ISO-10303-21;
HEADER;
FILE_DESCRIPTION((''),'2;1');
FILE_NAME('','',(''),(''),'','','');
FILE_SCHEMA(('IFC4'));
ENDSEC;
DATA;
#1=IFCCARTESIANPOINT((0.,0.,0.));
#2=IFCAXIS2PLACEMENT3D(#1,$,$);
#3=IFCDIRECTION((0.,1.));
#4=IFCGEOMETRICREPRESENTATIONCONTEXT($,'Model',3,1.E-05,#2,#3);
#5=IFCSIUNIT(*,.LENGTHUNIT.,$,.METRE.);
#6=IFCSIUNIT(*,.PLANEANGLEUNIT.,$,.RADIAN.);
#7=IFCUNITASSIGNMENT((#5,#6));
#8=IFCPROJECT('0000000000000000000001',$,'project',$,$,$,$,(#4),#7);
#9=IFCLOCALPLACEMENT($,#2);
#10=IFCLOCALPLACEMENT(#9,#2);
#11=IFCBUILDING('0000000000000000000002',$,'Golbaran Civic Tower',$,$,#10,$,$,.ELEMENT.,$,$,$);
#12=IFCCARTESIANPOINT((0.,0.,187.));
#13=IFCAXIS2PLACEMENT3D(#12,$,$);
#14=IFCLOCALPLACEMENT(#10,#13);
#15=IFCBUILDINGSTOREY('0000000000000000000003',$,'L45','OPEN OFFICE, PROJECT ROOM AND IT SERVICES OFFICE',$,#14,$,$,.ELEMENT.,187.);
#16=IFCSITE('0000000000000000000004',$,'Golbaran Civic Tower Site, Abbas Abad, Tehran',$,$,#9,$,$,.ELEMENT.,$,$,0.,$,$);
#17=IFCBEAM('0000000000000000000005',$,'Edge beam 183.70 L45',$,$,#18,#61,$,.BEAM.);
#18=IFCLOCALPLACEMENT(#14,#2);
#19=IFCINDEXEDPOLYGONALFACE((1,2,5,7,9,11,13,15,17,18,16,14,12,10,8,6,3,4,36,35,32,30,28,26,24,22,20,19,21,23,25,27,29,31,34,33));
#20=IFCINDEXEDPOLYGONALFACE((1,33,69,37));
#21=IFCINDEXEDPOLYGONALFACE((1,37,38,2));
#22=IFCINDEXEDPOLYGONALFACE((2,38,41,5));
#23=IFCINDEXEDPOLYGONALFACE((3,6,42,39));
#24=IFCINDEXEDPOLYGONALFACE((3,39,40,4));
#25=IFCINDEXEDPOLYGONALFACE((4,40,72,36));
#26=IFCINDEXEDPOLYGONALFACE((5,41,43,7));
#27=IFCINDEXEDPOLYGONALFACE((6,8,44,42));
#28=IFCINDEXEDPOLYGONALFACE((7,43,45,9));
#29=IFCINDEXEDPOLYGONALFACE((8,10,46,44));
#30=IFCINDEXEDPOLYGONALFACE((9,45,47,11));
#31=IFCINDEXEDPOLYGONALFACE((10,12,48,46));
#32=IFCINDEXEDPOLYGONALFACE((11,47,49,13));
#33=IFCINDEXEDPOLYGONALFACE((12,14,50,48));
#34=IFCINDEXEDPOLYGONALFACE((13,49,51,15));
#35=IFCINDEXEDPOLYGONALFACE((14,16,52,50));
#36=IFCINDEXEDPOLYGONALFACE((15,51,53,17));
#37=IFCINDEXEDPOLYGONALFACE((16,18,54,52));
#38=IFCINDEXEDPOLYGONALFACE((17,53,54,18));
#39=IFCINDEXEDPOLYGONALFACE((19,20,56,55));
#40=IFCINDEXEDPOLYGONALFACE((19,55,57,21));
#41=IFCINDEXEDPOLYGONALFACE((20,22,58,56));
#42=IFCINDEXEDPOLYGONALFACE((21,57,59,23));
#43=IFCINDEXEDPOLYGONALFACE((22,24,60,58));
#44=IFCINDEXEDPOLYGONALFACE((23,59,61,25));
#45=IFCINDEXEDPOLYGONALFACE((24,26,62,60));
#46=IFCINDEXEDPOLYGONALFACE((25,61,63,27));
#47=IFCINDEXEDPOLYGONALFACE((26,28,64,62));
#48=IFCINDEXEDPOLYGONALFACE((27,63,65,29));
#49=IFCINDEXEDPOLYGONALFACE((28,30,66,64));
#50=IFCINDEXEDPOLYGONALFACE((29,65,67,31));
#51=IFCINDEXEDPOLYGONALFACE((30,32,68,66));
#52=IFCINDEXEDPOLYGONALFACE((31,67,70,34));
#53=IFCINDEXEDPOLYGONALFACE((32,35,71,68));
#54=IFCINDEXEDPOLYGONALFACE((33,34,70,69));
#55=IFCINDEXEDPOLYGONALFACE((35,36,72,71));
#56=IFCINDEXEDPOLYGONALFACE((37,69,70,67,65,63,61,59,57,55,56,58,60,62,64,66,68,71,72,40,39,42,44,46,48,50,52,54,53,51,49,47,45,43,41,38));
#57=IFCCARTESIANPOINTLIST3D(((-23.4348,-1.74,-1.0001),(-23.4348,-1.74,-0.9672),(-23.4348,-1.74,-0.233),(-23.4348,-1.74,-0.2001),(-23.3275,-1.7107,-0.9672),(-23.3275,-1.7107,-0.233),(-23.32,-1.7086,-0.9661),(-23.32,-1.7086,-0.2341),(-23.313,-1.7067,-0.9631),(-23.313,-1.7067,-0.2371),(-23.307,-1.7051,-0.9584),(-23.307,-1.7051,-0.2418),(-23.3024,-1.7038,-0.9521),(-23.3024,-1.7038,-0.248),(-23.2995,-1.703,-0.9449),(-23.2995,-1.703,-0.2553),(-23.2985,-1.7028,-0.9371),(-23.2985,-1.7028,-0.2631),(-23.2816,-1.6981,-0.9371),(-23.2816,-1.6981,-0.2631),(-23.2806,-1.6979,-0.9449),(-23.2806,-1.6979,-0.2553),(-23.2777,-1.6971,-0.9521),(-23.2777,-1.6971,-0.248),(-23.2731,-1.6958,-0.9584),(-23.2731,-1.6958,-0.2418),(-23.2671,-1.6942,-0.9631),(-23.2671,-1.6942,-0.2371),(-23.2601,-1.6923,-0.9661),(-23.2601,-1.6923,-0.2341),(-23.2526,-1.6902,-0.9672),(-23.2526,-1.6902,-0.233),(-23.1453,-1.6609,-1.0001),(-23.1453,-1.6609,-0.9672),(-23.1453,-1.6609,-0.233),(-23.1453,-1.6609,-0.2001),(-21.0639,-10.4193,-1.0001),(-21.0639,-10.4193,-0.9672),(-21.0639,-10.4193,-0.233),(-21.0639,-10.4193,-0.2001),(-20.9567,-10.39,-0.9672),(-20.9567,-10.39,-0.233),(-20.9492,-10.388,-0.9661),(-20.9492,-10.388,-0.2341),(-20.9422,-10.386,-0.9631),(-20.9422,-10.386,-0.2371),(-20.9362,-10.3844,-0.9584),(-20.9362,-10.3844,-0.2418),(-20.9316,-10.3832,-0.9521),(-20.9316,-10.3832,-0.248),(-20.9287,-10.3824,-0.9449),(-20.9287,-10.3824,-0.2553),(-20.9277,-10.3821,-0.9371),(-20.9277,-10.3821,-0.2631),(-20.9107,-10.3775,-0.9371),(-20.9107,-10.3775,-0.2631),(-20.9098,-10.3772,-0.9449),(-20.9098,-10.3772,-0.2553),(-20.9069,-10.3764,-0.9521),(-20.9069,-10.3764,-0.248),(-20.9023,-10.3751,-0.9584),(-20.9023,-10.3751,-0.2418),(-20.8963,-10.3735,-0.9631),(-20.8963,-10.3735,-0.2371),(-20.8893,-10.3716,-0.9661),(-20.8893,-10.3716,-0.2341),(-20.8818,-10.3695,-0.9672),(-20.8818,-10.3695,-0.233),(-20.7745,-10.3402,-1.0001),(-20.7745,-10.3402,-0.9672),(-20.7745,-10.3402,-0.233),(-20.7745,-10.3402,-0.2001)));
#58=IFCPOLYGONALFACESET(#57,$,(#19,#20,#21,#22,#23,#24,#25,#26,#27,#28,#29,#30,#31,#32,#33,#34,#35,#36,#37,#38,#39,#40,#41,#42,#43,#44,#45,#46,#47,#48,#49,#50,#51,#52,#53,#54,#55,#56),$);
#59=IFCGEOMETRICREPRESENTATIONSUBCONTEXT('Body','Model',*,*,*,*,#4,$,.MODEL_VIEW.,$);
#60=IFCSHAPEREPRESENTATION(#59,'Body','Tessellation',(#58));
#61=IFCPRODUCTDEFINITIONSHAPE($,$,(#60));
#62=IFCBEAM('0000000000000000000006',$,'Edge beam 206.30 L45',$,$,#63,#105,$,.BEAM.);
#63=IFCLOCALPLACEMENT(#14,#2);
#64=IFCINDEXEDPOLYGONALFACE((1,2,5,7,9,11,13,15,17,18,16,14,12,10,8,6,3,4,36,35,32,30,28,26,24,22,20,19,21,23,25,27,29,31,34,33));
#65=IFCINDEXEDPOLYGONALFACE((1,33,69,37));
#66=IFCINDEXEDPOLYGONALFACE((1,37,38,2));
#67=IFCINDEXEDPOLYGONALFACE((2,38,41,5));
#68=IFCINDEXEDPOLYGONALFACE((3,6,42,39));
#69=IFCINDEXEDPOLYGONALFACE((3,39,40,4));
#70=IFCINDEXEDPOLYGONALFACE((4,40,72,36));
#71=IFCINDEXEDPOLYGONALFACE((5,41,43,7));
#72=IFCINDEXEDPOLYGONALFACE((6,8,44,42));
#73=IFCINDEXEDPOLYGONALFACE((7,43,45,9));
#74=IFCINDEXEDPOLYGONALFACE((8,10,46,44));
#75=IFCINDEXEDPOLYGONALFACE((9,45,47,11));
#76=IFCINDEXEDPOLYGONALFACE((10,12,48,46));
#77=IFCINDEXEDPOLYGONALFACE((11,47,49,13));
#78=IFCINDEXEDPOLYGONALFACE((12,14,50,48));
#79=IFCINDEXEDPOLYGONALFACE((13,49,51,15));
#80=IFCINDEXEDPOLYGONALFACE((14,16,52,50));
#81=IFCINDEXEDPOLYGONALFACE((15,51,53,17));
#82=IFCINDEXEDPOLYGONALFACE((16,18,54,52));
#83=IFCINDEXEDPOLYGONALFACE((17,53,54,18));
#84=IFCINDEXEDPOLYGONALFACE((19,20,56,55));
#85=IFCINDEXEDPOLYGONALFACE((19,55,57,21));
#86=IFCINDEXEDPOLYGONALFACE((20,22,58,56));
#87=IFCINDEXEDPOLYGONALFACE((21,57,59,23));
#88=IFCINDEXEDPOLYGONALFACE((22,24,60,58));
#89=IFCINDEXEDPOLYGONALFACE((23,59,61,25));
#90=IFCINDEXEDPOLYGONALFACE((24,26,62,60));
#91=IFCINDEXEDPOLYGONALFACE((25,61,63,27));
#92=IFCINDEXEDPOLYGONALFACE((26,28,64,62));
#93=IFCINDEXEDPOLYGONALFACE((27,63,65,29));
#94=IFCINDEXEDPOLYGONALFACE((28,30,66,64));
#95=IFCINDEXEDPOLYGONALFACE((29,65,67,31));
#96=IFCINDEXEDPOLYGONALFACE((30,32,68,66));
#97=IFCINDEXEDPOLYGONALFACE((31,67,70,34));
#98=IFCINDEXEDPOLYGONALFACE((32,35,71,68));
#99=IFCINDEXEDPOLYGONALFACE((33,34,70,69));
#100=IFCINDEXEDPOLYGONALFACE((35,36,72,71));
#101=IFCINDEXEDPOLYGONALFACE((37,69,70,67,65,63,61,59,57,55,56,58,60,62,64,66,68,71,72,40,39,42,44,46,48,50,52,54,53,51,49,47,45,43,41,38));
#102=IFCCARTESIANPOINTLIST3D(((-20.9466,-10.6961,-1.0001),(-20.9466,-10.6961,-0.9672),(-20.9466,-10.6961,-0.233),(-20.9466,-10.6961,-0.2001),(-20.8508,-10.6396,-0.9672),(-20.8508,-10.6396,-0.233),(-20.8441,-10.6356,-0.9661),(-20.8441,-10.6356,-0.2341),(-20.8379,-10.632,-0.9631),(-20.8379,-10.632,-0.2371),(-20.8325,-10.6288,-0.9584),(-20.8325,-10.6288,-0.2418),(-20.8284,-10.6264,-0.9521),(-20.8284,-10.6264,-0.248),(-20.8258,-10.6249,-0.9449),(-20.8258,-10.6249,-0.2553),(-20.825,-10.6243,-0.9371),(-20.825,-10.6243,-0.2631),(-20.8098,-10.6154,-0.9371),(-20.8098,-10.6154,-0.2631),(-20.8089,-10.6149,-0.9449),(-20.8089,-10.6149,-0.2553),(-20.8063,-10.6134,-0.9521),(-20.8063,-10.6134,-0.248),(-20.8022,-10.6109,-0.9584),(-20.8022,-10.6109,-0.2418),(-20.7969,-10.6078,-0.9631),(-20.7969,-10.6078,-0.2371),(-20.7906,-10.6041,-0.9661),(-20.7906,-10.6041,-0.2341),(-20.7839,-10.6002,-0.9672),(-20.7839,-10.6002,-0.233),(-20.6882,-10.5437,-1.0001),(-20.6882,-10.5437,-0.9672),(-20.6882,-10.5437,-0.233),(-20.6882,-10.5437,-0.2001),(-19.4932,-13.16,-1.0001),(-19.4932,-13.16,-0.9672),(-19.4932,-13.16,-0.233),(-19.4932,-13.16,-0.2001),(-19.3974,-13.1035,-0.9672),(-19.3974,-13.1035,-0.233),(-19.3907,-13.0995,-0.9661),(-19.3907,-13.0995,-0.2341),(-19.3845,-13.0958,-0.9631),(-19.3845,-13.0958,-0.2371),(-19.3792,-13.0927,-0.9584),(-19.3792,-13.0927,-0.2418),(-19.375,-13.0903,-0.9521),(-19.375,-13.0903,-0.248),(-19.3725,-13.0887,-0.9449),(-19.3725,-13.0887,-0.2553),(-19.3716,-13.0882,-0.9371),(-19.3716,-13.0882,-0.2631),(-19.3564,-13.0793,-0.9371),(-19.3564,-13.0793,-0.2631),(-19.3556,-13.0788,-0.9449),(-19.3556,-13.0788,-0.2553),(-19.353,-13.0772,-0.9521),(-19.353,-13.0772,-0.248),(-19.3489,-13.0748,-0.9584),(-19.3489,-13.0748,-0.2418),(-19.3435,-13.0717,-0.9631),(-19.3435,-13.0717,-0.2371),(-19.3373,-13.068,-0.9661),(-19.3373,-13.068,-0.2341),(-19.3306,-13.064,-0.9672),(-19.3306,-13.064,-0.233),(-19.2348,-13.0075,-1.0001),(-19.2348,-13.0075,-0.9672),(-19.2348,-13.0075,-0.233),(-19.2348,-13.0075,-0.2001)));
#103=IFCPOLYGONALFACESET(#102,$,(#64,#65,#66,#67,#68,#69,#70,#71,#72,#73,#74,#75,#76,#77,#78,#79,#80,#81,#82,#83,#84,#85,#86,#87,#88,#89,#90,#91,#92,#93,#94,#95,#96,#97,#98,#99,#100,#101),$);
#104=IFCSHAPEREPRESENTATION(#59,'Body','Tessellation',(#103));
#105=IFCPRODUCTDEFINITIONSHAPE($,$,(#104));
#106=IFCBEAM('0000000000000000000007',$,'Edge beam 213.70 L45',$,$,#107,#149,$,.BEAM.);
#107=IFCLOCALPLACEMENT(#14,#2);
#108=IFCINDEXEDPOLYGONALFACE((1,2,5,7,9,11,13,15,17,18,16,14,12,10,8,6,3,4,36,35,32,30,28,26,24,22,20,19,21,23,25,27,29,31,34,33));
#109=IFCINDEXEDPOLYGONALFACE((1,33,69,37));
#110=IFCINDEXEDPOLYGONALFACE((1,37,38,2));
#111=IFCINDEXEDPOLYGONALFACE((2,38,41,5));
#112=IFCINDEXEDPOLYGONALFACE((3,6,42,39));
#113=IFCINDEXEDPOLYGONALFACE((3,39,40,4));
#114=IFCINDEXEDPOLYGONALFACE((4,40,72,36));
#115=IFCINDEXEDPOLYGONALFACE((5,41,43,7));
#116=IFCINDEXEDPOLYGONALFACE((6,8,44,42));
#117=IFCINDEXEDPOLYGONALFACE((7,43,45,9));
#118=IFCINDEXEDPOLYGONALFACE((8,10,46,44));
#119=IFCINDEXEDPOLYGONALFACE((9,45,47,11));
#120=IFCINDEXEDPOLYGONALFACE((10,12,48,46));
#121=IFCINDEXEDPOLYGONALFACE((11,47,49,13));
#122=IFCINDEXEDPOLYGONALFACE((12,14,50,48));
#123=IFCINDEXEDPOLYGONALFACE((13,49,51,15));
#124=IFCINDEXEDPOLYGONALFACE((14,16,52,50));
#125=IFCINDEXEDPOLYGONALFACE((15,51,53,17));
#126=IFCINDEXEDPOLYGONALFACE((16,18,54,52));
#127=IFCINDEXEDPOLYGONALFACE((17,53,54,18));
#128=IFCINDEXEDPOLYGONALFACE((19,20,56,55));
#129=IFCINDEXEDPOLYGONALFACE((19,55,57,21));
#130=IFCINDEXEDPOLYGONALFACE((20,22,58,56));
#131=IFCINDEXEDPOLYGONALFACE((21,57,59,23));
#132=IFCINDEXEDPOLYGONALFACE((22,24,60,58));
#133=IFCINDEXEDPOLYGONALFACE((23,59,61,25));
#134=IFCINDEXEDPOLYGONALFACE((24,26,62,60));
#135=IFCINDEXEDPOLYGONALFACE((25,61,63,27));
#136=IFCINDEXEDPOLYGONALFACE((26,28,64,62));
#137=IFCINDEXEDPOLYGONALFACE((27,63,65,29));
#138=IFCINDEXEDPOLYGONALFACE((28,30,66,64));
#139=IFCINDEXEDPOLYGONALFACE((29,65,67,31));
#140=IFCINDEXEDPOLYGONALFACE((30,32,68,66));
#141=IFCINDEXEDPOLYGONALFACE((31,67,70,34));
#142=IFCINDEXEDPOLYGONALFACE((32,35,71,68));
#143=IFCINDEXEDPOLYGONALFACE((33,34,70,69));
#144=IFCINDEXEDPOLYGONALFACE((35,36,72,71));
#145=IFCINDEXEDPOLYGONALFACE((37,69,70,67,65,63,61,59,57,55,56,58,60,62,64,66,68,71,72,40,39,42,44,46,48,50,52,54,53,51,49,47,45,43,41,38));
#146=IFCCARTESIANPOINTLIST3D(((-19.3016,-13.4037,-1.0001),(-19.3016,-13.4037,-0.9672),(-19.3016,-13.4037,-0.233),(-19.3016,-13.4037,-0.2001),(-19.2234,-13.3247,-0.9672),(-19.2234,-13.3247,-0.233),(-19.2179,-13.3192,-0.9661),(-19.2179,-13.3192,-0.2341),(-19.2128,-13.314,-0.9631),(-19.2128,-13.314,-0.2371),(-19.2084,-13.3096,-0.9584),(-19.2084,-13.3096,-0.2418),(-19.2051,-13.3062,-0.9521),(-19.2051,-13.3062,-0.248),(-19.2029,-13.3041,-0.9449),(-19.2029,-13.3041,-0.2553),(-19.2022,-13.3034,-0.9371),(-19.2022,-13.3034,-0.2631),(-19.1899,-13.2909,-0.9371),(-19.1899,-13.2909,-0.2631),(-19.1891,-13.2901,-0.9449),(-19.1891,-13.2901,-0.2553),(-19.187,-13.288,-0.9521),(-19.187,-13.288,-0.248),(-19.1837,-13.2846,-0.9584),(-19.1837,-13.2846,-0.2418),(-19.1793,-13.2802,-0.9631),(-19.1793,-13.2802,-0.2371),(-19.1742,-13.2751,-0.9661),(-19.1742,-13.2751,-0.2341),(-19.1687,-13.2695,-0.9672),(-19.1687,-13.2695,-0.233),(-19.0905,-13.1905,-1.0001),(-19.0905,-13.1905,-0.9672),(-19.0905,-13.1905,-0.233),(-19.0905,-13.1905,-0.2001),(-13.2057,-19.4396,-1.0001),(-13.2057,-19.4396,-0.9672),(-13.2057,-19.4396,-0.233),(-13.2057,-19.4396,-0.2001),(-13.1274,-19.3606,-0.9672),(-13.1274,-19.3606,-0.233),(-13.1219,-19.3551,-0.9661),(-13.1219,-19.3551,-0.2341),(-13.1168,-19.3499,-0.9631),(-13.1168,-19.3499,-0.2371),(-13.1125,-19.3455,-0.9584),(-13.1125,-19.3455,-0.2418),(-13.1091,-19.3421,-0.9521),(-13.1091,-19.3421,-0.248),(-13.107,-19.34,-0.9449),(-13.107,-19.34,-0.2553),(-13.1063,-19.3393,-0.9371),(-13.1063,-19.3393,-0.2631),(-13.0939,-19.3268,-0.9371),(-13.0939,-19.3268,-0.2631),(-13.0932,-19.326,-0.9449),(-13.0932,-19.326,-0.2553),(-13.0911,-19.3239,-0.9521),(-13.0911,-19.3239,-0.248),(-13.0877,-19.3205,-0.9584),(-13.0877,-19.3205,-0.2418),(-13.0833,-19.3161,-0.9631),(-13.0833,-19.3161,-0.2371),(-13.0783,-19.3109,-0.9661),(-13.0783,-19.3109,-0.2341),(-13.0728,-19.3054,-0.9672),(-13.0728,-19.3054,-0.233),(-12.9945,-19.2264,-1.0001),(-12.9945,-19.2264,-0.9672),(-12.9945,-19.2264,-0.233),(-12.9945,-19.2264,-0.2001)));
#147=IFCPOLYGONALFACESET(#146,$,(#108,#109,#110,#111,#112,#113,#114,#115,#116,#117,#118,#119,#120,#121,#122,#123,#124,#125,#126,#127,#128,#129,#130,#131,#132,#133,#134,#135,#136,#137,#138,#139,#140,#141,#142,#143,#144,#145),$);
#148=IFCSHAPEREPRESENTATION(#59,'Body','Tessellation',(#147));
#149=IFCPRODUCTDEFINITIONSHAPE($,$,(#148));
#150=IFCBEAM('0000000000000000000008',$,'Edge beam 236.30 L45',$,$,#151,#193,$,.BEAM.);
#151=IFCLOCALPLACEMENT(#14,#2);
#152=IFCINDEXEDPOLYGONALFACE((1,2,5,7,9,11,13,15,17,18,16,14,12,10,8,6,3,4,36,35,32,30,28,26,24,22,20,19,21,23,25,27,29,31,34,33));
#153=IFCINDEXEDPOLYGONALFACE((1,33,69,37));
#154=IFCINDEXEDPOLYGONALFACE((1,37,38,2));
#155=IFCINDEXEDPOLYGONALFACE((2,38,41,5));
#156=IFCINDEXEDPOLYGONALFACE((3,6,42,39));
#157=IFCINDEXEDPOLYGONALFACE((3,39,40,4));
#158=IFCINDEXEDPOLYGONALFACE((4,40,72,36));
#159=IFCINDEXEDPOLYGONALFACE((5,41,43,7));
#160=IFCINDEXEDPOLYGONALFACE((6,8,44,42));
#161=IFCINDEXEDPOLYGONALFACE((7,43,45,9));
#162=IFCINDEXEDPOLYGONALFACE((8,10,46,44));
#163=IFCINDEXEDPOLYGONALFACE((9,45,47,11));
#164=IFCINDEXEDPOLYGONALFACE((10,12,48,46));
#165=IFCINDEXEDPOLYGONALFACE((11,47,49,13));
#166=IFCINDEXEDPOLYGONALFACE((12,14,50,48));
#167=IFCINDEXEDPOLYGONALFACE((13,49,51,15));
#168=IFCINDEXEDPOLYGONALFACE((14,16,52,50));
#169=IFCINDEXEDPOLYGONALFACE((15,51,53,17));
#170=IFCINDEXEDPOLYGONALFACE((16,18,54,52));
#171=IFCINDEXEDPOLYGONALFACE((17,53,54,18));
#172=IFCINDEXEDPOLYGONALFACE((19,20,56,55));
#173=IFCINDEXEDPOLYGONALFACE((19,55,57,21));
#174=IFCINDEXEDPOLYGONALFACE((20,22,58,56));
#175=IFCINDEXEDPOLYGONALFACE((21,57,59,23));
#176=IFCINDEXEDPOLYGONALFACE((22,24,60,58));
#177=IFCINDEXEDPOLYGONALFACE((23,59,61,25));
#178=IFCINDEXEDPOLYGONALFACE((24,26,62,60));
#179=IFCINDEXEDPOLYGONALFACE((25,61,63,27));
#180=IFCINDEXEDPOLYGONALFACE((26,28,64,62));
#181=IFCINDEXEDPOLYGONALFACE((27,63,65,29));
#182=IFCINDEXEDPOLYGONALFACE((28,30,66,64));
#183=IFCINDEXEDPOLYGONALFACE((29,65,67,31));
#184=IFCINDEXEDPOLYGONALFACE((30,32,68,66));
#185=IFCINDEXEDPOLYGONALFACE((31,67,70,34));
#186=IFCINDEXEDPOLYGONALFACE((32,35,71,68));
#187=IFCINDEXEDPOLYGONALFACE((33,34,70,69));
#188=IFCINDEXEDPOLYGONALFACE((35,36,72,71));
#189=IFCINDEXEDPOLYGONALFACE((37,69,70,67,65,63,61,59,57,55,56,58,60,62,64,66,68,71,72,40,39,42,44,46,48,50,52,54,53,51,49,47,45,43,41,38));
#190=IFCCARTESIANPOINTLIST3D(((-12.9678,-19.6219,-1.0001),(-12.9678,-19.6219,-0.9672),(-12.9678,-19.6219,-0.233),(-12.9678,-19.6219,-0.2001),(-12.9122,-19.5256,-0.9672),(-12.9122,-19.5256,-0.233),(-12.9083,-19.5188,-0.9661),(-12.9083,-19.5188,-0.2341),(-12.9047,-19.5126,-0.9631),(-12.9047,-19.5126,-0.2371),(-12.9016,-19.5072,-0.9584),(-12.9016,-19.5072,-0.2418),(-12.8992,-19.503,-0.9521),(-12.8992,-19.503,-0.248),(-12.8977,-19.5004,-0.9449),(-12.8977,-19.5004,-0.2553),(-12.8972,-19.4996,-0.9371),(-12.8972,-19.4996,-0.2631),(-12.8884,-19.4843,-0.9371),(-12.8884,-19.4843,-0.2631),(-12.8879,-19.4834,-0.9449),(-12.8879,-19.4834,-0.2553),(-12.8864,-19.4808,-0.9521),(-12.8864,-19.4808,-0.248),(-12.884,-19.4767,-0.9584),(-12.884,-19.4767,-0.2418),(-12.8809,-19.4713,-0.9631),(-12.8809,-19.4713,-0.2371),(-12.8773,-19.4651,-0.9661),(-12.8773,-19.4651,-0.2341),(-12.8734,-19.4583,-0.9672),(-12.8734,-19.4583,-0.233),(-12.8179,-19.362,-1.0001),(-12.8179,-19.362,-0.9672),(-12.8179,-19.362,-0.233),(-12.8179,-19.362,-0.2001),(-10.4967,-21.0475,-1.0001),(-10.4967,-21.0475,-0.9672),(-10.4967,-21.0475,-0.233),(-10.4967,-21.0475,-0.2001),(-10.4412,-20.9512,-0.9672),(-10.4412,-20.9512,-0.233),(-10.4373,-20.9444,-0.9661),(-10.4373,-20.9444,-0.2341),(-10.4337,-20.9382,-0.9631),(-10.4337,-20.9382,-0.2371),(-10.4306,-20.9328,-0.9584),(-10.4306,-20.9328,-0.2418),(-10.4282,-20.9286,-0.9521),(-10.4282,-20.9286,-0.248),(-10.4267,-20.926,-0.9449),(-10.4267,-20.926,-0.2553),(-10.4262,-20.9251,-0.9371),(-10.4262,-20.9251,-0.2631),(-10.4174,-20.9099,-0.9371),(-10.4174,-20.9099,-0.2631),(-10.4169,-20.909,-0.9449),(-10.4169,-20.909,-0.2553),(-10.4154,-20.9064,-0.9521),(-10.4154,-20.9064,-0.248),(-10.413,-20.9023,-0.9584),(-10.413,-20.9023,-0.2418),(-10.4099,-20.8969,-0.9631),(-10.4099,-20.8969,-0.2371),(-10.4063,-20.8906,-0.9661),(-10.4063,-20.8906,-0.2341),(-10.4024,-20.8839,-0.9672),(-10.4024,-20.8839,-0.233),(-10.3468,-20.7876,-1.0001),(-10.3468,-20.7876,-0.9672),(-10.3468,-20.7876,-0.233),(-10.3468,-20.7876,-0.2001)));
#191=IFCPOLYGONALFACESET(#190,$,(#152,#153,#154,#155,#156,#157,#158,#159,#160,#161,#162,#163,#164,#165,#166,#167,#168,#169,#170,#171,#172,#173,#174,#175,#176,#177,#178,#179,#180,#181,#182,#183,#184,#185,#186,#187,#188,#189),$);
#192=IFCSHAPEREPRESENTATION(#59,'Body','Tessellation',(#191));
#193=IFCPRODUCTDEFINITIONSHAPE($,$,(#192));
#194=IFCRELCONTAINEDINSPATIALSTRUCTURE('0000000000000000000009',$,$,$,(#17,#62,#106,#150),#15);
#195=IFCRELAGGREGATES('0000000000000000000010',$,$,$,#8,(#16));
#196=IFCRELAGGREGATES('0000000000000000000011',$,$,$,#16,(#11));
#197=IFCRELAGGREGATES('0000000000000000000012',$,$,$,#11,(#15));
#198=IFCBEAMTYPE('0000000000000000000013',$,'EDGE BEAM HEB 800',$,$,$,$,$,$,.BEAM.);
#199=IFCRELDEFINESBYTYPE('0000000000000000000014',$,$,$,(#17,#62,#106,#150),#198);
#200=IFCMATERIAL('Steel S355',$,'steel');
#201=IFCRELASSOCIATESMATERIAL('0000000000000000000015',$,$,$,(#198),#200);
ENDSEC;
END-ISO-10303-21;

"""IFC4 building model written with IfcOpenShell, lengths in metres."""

from ifc_helpers import new_model, si_unit, direction, frame, origin, origin_2d, place, context, subcontext, project, spatial, i_section, extrude, material, material_profile, profile_set, type_object, element, save


model = new_model("IFC4")

# Units and contexts
model_context = context("Model", 3, precision=1e-05, world=origin(), true_north=direction((0.0, 1.0)))
body_context = subcontext(model_context, "Body", "Model", "MODEL_VIEW")
ifc_project = project(units=[si_unit("LENGTHUNIT", "METRE"), si_unit("PLANEANGLEUNIT", "RADIAN")], contexts=[model_context])

# Site, building, storey
site_placement = place(None, origin())
site = spatial("IfcSite", under=ifc_project, at=site_placement, Name="Golbaran Civic Tower Site, Abbas Abad, Tehran", CompositionType="ELEMENT", RefElevation=0.0)
building_placement = place(site_placement, origin())
building = spatial("IfcBuilding", under=site, at=building_placement, Name="Golbaran Civic Tower", CompositionType="ELEMENT")
storey_placement = place(building_placement, frame((0.0, 0.0, 187.0)))
storey = spatial("IfcBuildingStorey", under=building, at=storey_placement, Name="L45", Description="OPEN OFFICE, PROJECT ROOM AND IT SERVICES OFFICE", CompositionType="ELEMENT", Elevation=187.0)

# Beams
ifc_material_1 = material(Name="Steel S355", Category="steel")
ifc_material_profile_1 = material_profile(ifc_material_1, i_section(OverallWidth=0.3, OverallDepth=0.8, WebThickness=0.0176, FlangeThickness=0.033, FilletRadius=0.03, at=origin_2d()), Name="HEB 800")
ifc_profile_set_1 = profile_set([ifc_material_profile_1], Name="Steel S355")
beam_type_1 = type_object("IfcBeamType", Name="EDGE BEAM HEB 800", PredefinedType="BEAM", material=ifc_profile_set_1)
beam_1_placement = place(storey_placement, frame((-23.29, -1.7004, -0.6001), z_axis=(0.263503, -0.964659, 0.0), x_axis=(0.964659, 0.263503, 0.0)))
element("IfcBeam", 1, at=beam_1_placement, inside=storey, type_object=beam_type_1, Name="Edge beam 183.70 L45", PredefinedType="BEAM", context=body_context, shape_type="SweptSolid", body=[
    extrude(i_section(OverallWidth=0.3, OverallDepth=0.8, WebThickness=0.0176, FlangeThickness=0.033, FilletRadius=0.03, at=origin_2d()), origin(), (0.0, 0.0, 1.0), 8.9973),
])
beam_2_placement = place(storey_placement, frame((-20.8174, -10.6199, -0.6001), z_axis=(0.508068, -0.861317, 0.0), x_axis=(0.861317, 0.508068, 0.0)))
element("IfcBeam", 2, at=beam_2_placement, inside=storey, type_object=beam_type_1, Name="Edge beam 206.30 L45", PredefinedType="BEAM", context=body_context, shape_type="SweptSolid", body=[
    extrude(i_section(OverallWidth=0.3, OverallDepth=0.8, WebThickness=0.0176, FlangeThickness=0.033, FilletRadius=0.03, at=origin_2d()), origin(), (0.0, 0.0, 1.0), 2.8606),
])
beam_3_placement = place(storey_placement, frame((-19.196, -13.2971, -0.6001), z_axis=(0.710599, -0.703598, 0.0), x_axis=(0.703598, 0.710599, 0.0)))
element("IfcBeam", 3, at=beam_3_placement, inside=storey, type_object=beam_type_1, Name="Edge beam 213.70 L45", PredefinedType="BEAM", context=body_context, shape_type="SweptSolid", body=[
    extrude(i_section(OverallWidth=0.3, OverallDepth=0.8, WebThickness=0.0176, FlangeThickness=0.033, FilletRadius=0.03, at=origin_2d()), origin(), (0.0, 0.0, 1.0), 8.5786),
])
beam_4_placement = place(storey_placement, frame((-12.8928, -19.4919, -0.6001), z_axis=(0.866187, -0.49972, 0.0), x_axis=(0.49972, 0.866187, 0.0)))
element("IfcBeam", 4, at=beam_4_placement, inside=storey, type_object=beam_type_1, Name="Edge beam 236.30 L45", PredefinedType="BEAM", context=body_context, shape_type="SweptSolid", body=[
    extrude(i_section(OverallWidth=0.3, OverallDepth=0.8, WebThickness=0.0176, FlangeThickness=0.033, FilletRadius=0.03, at=origin_2d()), origin(), (0.0, 0.0, 1.0), 2.8528),
])

save(model, "model.ifc")
